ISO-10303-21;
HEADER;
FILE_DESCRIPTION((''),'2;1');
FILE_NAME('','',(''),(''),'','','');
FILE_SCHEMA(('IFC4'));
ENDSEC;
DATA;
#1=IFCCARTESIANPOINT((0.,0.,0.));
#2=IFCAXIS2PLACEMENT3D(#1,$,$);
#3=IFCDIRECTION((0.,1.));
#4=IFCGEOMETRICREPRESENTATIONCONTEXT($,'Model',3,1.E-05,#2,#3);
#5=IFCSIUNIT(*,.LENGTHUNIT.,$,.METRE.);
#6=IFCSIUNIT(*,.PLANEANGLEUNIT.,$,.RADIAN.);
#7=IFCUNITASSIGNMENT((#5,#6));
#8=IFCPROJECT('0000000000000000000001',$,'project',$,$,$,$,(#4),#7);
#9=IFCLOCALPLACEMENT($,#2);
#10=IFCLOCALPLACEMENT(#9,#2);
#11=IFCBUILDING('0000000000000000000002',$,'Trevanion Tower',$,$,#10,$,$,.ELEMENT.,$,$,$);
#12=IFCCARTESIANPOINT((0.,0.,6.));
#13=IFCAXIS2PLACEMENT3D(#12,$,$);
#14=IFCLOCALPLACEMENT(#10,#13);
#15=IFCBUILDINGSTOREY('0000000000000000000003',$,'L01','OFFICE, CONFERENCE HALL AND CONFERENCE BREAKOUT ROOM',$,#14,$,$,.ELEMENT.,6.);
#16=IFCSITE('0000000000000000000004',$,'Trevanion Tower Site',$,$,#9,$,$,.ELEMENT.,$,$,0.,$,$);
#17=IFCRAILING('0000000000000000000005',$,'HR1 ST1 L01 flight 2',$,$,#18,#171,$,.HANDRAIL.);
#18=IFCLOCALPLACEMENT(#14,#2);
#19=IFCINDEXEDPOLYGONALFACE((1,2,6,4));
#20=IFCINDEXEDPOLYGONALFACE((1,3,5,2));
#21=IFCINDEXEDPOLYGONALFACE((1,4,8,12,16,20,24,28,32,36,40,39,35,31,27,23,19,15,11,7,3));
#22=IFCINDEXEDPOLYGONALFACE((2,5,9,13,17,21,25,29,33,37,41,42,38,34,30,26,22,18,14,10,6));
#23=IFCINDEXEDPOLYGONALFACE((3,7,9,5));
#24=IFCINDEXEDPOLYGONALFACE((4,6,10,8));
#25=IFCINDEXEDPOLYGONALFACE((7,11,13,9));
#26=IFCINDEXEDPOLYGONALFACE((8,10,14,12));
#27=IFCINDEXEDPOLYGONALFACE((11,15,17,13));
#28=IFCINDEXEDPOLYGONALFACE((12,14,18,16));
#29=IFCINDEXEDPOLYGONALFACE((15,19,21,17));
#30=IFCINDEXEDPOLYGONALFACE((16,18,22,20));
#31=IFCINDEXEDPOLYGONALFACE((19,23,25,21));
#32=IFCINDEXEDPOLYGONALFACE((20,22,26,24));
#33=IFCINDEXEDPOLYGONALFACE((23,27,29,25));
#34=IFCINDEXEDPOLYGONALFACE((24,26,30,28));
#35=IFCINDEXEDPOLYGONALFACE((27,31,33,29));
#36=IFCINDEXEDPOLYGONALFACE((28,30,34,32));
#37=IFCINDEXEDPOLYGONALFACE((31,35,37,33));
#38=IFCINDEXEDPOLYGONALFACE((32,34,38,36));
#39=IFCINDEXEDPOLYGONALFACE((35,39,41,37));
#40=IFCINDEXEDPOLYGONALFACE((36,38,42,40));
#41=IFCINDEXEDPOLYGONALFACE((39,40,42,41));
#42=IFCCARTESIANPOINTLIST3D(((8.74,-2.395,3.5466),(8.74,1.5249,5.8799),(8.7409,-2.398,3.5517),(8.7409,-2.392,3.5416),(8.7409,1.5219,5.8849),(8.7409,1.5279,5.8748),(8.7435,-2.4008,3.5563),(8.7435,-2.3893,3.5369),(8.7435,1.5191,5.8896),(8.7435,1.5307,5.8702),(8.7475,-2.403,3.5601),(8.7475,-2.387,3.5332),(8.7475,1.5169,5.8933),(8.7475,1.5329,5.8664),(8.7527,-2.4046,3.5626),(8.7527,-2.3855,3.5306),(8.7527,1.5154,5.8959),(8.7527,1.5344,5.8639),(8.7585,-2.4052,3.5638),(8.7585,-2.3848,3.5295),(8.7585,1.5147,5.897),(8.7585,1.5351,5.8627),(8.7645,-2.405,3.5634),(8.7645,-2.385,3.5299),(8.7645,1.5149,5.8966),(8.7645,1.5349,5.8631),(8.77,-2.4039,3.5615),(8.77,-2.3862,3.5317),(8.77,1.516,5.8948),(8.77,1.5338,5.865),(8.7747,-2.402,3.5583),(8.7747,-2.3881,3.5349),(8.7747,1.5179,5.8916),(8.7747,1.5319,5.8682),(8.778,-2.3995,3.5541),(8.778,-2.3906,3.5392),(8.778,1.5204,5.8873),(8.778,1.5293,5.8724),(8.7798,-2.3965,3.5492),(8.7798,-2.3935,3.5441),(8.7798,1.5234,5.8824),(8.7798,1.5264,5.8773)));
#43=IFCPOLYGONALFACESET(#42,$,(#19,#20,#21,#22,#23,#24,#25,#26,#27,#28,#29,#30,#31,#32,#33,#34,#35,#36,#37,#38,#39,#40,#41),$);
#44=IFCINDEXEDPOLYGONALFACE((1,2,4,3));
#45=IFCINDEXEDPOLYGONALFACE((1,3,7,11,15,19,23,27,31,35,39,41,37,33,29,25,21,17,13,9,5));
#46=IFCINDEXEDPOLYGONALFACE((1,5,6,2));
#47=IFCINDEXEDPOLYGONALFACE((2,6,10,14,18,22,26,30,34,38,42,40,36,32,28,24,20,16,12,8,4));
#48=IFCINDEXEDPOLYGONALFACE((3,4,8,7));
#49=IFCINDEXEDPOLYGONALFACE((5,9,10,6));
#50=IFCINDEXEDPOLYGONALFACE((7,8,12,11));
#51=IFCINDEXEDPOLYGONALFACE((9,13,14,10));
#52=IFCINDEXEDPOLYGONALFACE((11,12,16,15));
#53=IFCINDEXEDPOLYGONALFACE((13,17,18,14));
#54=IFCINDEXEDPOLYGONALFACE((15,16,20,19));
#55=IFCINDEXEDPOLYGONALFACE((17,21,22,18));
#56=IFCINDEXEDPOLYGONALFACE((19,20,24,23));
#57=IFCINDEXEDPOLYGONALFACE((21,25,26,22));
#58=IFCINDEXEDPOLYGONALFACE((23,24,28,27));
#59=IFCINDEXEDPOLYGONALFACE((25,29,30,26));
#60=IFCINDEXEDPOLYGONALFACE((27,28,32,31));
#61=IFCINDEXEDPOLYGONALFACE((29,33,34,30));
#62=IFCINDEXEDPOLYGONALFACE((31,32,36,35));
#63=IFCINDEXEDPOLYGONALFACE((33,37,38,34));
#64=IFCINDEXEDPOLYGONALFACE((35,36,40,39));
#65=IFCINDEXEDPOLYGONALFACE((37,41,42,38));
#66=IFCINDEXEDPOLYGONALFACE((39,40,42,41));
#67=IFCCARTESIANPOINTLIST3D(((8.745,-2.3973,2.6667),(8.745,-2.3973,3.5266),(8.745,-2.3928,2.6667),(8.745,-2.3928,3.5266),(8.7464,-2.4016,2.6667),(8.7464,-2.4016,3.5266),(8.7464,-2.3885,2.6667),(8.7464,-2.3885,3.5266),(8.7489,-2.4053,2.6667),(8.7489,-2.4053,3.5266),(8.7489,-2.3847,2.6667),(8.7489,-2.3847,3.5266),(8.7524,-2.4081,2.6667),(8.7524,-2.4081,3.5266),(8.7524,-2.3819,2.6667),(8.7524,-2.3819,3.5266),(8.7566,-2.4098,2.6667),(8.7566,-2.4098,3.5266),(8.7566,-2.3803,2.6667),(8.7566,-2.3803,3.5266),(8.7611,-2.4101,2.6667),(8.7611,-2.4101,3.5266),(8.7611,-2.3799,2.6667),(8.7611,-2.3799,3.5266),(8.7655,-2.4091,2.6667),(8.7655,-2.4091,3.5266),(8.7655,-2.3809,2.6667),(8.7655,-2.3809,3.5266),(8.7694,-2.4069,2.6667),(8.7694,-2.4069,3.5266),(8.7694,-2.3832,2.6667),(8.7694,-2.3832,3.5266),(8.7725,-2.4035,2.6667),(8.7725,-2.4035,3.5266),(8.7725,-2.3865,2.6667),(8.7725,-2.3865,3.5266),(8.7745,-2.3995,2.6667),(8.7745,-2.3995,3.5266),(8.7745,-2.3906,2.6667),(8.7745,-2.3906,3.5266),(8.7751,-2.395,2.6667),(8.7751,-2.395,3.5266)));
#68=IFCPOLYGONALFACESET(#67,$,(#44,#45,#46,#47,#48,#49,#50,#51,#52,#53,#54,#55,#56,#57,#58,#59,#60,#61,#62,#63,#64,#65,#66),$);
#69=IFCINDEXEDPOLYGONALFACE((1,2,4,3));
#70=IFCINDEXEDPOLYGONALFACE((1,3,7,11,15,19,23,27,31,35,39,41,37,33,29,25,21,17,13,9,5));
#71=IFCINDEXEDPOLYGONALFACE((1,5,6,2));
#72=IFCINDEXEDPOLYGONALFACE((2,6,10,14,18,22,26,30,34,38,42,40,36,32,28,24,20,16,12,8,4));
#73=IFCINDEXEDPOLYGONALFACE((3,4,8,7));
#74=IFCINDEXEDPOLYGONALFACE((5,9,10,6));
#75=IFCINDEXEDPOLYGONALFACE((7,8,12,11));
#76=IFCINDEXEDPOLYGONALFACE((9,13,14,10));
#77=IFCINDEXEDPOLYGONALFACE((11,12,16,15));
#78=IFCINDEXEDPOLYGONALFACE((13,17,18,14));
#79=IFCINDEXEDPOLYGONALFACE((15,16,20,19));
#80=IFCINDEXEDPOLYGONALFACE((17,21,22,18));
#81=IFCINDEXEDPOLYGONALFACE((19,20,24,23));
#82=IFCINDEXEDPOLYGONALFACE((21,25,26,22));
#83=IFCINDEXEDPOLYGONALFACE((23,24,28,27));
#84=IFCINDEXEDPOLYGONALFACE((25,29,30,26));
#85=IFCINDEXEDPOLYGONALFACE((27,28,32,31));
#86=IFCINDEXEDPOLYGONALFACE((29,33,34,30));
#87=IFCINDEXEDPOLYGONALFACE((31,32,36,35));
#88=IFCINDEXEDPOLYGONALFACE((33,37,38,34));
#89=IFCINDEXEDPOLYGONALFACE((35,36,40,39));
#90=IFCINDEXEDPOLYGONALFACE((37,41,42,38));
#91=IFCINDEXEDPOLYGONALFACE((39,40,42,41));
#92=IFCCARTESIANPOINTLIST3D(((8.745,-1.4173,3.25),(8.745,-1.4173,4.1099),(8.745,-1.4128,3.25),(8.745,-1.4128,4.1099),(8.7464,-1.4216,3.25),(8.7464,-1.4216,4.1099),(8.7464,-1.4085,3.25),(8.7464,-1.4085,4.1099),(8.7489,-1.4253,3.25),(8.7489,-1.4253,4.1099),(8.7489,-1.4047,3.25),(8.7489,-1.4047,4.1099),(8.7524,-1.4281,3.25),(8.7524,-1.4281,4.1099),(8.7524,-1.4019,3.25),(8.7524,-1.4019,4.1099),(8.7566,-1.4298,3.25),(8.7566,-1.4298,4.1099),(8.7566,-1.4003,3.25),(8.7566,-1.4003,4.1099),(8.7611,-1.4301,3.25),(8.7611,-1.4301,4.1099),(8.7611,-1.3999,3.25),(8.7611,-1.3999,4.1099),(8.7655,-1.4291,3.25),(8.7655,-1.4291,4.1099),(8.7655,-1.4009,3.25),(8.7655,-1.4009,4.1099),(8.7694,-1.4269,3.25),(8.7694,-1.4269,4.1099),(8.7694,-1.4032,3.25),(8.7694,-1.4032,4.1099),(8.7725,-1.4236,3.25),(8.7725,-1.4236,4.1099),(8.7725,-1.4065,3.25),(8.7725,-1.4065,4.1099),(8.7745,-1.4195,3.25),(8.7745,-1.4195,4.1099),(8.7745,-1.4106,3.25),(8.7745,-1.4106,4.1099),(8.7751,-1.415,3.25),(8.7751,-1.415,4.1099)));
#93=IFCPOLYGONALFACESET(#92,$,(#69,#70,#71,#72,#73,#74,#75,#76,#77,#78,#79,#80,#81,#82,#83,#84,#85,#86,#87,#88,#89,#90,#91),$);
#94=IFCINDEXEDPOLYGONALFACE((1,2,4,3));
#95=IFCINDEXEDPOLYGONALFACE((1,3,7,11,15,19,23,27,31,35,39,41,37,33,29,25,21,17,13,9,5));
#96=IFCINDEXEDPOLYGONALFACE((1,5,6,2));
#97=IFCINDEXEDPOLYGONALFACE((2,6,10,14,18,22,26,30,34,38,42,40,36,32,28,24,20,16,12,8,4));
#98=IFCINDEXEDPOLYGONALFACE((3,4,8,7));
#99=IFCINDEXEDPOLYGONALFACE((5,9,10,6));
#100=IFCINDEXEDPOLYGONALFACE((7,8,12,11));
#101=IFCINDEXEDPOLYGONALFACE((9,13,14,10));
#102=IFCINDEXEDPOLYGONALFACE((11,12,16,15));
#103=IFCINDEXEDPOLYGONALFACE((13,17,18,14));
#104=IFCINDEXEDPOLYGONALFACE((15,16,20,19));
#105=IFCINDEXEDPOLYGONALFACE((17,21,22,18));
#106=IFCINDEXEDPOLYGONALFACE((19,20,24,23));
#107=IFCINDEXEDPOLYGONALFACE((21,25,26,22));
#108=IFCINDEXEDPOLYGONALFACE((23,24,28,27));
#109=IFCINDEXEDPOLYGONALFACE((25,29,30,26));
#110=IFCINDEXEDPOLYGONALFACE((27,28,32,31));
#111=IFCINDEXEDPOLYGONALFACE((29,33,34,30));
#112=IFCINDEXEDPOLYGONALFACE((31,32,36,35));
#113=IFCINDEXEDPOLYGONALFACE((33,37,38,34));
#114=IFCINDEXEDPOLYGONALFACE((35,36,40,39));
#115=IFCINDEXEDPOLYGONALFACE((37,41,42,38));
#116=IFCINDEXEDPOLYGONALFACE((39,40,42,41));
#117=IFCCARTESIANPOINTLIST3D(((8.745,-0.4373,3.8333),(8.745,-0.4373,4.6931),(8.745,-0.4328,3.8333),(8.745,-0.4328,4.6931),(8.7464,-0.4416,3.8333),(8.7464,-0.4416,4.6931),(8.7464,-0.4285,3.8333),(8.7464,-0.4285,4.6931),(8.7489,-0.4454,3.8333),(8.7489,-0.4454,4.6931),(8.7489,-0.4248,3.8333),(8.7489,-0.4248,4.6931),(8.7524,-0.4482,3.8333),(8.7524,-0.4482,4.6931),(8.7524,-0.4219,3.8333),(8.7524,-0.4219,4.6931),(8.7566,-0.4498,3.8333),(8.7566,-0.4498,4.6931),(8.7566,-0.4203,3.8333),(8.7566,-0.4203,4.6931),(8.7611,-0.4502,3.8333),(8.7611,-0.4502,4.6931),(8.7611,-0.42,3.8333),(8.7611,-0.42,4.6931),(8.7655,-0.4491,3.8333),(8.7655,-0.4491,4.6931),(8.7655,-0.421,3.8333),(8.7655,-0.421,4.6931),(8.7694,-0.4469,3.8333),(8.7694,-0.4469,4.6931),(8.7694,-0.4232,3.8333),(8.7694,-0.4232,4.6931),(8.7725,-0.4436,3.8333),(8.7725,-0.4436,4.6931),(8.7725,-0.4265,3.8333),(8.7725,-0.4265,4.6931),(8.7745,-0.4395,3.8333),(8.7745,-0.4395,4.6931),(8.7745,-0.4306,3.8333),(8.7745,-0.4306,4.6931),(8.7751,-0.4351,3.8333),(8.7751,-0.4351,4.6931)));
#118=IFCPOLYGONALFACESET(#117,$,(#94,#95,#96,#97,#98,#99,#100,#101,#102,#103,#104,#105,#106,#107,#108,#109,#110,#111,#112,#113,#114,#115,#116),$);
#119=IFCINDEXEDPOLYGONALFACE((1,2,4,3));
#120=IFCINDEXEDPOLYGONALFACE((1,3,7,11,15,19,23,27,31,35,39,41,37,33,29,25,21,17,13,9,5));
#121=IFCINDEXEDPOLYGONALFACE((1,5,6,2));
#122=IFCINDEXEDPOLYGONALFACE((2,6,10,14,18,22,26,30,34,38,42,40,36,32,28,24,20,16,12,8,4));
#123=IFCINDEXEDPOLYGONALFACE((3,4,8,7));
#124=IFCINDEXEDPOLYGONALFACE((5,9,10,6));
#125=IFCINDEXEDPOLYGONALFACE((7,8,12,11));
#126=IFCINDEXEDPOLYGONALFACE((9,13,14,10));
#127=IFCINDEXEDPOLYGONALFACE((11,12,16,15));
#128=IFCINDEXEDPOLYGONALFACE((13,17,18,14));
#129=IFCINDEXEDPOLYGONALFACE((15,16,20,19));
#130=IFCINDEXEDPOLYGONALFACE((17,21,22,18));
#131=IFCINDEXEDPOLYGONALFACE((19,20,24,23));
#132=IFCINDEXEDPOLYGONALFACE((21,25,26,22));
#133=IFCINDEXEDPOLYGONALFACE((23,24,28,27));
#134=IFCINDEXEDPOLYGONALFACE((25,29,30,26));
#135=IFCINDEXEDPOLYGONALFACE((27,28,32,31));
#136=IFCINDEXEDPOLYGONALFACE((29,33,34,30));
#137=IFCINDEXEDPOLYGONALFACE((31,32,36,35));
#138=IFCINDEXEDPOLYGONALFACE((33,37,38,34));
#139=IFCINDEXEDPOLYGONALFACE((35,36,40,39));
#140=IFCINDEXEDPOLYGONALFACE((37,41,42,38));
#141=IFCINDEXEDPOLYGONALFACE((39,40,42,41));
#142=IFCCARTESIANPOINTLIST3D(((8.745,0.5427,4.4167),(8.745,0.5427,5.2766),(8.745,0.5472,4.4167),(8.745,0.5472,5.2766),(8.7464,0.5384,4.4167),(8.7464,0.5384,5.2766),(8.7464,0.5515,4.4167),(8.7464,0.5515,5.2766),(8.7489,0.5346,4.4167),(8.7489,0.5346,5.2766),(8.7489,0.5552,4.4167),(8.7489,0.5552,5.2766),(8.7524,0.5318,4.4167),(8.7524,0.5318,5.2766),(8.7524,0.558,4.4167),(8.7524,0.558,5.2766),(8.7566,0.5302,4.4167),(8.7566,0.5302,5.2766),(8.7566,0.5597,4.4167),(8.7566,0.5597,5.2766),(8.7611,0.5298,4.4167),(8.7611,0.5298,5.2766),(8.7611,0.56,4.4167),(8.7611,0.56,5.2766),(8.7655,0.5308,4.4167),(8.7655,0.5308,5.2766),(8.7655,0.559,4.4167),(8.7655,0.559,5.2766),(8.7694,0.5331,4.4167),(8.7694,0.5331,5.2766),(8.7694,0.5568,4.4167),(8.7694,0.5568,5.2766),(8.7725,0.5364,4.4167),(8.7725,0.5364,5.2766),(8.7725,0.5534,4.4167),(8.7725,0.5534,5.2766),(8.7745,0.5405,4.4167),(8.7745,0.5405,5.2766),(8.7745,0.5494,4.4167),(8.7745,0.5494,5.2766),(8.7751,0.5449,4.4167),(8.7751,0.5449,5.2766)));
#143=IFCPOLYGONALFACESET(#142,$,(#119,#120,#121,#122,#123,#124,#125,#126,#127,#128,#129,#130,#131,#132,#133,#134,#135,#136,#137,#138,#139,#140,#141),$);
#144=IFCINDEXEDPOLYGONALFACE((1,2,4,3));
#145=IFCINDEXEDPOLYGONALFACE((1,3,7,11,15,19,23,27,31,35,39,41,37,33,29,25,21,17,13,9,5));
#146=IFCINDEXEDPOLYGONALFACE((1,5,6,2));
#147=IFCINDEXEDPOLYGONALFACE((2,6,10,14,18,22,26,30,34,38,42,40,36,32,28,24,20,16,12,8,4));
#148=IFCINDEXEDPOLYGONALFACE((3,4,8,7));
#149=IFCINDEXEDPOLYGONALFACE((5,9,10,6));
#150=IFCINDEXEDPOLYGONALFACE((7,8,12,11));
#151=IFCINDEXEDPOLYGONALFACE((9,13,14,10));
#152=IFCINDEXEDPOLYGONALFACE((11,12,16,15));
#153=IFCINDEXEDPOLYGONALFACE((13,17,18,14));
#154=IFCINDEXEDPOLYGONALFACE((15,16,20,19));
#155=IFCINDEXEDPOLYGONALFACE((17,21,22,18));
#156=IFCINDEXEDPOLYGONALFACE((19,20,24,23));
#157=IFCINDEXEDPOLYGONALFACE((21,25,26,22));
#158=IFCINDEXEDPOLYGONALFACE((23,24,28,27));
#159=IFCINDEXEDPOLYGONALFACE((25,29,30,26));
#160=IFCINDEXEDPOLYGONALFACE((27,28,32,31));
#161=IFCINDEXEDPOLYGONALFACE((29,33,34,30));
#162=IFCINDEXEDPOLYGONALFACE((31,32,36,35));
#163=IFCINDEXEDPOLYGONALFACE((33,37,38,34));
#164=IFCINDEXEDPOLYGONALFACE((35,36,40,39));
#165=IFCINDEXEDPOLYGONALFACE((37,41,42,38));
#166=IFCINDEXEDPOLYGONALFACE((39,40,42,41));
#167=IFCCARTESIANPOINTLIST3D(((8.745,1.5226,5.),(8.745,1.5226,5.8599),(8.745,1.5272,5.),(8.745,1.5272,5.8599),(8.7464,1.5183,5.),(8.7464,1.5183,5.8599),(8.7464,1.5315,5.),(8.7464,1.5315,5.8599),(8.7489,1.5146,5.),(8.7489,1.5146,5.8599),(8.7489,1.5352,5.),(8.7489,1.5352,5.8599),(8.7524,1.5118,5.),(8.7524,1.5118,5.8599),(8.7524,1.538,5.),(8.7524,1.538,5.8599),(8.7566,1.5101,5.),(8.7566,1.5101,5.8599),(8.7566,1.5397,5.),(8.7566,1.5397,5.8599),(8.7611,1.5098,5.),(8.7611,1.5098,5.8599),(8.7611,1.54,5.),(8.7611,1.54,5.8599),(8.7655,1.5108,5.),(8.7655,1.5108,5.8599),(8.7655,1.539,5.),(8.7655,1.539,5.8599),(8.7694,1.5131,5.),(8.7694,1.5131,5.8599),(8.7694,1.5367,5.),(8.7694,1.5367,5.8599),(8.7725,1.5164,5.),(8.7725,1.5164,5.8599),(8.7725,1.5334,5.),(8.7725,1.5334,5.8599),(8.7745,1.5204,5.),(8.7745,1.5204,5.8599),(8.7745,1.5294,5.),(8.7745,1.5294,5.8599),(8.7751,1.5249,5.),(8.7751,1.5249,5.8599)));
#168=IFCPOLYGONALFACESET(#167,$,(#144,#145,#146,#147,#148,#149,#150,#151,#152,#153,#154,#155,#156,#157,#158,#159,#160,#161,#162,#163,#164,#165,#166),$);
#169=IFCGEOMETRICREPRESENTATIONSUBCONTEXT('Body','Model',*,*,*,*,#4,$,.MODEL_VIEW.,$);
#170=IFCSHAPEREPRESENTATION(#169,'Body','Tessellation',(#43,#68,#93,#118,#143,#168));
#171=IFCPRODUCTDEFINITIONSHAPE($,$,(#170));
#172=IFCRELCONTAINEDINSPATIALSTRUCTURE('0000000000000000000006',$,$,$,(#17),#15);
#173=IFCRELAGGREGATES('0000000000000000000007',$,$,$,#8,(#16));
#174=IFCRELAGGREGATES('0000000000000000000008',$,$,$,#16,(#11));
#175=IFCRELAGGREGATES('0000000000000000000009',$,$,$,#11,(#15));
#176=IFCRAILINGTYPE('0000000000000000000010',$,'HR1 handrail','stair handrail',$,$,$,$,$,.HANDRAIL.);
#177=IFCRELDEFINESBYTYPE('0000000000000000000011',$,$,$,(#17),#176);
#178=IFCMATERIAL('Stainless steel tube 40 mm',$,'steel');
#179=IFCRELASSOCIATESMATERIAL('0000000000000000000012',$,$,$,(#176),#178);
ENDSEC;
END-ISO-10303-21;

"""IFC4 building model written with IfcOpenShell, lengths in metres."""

from ifc_helpers import new_model, si_unit, direction, frame, origin, origin_2d, place, context, subcontext, project, spatial, circle, extrude, material, type_object, element, save


model = new_model("IFC4")

# Units and contexts
model_context = context("Model", 3, precision=1e-05, world=origin(), true_north=direction((0.0, 1.0)))
body_context = subcontext(model_context, "Body", "Model", "MODEL_VIEW")
ifc_project = project(units=[si_unit("LENGTHUNIT", "METRE"), si_unit("PLANEANGLEUNIT", "RADIAN")], contexts=[model_context])

# Site, building, storey
site_placement = place(None, origin())
site = spatial("IfcSite", under=ifc_project, at=site_placement, Name="Trevanion Tower Site", CompositionType="ELEMENT", RefElevation=0.0)
building_placement = place(site_placement, origin())
building = spatial("IfcBuilding", under=site, at=building_placement, Name="Trevanion Tower", CompositionType="ELEMENT")
storey_placement = place(building_placement, frame((0.0, 0.0, 6.0)))
storey = spatial("IfcBuildingStorey", under=building, at=storey_placement, Name="L01", Description="OFFICE, CONFERENCE HALL AND CONFERENCE BREAKOUT ROOM", CompositionType="ELEMENT", Elevation=6.0)

# Railing
ifc_material_1 = material(Name="Stainless steel tube 40 mm", Category="steel")
railing_type = type_object("IfcRailingType", Name="HR1 handrail", Description="stair handrail", PredefinedType="HANDRAIL", material=ifc_material_1)
for number, where, name in (
    (1, (8.76, -2.395, 2.6667), "HR1 ST1 L01 flight 2"),
):
    element("IfcRailing", number, at=place(storey_placement, frame(where)), inside=storey, type_object=railing_type, Name=name, PredefinedType="HANDRAIL", context=body_context, shape_type="SweptSolid", body=[
        extrude(circle(Radius=0.02, at=origin_2d()), frame((0.0, 0.0, 0.8799), z_axis=(0.0, 0.859296, 0.511478), x_axis=(-1.0, 0.0, 0.0)), (0.0, 0.0, 1.0), 4.5618),
        extrude(circle(Radius=0.0151, at=origin_2d()), origin(), (0.0, 0.0, 1.0), 0.8599),
        extrude(circle(Radius=0.0151, at=origin_2d()), frame((0.0, 0.98, 0.5833)), (0.0, 0.0, 1.0), 0.8599),
        extrude(circle(Radius=0.0151, at=origin_2d()), frame((0.0, 1.96, 1.1665)), (0.0, 0.0, 1.0), 0.8599),
        extrude(circle(Radius=0.0151, at=origin_2d()), frame((0.0, 2.9399, 1.75)), (0.0, 0.0, 1.0), 0.8599),
        extrude(circle(Radius=0.0151, at=origin_2d()), frame((0.0, 3.9199, 2.3333)), (0.0, 0.0, 1.0), 0.8599),
    ])

save(model, "model.ifc")
